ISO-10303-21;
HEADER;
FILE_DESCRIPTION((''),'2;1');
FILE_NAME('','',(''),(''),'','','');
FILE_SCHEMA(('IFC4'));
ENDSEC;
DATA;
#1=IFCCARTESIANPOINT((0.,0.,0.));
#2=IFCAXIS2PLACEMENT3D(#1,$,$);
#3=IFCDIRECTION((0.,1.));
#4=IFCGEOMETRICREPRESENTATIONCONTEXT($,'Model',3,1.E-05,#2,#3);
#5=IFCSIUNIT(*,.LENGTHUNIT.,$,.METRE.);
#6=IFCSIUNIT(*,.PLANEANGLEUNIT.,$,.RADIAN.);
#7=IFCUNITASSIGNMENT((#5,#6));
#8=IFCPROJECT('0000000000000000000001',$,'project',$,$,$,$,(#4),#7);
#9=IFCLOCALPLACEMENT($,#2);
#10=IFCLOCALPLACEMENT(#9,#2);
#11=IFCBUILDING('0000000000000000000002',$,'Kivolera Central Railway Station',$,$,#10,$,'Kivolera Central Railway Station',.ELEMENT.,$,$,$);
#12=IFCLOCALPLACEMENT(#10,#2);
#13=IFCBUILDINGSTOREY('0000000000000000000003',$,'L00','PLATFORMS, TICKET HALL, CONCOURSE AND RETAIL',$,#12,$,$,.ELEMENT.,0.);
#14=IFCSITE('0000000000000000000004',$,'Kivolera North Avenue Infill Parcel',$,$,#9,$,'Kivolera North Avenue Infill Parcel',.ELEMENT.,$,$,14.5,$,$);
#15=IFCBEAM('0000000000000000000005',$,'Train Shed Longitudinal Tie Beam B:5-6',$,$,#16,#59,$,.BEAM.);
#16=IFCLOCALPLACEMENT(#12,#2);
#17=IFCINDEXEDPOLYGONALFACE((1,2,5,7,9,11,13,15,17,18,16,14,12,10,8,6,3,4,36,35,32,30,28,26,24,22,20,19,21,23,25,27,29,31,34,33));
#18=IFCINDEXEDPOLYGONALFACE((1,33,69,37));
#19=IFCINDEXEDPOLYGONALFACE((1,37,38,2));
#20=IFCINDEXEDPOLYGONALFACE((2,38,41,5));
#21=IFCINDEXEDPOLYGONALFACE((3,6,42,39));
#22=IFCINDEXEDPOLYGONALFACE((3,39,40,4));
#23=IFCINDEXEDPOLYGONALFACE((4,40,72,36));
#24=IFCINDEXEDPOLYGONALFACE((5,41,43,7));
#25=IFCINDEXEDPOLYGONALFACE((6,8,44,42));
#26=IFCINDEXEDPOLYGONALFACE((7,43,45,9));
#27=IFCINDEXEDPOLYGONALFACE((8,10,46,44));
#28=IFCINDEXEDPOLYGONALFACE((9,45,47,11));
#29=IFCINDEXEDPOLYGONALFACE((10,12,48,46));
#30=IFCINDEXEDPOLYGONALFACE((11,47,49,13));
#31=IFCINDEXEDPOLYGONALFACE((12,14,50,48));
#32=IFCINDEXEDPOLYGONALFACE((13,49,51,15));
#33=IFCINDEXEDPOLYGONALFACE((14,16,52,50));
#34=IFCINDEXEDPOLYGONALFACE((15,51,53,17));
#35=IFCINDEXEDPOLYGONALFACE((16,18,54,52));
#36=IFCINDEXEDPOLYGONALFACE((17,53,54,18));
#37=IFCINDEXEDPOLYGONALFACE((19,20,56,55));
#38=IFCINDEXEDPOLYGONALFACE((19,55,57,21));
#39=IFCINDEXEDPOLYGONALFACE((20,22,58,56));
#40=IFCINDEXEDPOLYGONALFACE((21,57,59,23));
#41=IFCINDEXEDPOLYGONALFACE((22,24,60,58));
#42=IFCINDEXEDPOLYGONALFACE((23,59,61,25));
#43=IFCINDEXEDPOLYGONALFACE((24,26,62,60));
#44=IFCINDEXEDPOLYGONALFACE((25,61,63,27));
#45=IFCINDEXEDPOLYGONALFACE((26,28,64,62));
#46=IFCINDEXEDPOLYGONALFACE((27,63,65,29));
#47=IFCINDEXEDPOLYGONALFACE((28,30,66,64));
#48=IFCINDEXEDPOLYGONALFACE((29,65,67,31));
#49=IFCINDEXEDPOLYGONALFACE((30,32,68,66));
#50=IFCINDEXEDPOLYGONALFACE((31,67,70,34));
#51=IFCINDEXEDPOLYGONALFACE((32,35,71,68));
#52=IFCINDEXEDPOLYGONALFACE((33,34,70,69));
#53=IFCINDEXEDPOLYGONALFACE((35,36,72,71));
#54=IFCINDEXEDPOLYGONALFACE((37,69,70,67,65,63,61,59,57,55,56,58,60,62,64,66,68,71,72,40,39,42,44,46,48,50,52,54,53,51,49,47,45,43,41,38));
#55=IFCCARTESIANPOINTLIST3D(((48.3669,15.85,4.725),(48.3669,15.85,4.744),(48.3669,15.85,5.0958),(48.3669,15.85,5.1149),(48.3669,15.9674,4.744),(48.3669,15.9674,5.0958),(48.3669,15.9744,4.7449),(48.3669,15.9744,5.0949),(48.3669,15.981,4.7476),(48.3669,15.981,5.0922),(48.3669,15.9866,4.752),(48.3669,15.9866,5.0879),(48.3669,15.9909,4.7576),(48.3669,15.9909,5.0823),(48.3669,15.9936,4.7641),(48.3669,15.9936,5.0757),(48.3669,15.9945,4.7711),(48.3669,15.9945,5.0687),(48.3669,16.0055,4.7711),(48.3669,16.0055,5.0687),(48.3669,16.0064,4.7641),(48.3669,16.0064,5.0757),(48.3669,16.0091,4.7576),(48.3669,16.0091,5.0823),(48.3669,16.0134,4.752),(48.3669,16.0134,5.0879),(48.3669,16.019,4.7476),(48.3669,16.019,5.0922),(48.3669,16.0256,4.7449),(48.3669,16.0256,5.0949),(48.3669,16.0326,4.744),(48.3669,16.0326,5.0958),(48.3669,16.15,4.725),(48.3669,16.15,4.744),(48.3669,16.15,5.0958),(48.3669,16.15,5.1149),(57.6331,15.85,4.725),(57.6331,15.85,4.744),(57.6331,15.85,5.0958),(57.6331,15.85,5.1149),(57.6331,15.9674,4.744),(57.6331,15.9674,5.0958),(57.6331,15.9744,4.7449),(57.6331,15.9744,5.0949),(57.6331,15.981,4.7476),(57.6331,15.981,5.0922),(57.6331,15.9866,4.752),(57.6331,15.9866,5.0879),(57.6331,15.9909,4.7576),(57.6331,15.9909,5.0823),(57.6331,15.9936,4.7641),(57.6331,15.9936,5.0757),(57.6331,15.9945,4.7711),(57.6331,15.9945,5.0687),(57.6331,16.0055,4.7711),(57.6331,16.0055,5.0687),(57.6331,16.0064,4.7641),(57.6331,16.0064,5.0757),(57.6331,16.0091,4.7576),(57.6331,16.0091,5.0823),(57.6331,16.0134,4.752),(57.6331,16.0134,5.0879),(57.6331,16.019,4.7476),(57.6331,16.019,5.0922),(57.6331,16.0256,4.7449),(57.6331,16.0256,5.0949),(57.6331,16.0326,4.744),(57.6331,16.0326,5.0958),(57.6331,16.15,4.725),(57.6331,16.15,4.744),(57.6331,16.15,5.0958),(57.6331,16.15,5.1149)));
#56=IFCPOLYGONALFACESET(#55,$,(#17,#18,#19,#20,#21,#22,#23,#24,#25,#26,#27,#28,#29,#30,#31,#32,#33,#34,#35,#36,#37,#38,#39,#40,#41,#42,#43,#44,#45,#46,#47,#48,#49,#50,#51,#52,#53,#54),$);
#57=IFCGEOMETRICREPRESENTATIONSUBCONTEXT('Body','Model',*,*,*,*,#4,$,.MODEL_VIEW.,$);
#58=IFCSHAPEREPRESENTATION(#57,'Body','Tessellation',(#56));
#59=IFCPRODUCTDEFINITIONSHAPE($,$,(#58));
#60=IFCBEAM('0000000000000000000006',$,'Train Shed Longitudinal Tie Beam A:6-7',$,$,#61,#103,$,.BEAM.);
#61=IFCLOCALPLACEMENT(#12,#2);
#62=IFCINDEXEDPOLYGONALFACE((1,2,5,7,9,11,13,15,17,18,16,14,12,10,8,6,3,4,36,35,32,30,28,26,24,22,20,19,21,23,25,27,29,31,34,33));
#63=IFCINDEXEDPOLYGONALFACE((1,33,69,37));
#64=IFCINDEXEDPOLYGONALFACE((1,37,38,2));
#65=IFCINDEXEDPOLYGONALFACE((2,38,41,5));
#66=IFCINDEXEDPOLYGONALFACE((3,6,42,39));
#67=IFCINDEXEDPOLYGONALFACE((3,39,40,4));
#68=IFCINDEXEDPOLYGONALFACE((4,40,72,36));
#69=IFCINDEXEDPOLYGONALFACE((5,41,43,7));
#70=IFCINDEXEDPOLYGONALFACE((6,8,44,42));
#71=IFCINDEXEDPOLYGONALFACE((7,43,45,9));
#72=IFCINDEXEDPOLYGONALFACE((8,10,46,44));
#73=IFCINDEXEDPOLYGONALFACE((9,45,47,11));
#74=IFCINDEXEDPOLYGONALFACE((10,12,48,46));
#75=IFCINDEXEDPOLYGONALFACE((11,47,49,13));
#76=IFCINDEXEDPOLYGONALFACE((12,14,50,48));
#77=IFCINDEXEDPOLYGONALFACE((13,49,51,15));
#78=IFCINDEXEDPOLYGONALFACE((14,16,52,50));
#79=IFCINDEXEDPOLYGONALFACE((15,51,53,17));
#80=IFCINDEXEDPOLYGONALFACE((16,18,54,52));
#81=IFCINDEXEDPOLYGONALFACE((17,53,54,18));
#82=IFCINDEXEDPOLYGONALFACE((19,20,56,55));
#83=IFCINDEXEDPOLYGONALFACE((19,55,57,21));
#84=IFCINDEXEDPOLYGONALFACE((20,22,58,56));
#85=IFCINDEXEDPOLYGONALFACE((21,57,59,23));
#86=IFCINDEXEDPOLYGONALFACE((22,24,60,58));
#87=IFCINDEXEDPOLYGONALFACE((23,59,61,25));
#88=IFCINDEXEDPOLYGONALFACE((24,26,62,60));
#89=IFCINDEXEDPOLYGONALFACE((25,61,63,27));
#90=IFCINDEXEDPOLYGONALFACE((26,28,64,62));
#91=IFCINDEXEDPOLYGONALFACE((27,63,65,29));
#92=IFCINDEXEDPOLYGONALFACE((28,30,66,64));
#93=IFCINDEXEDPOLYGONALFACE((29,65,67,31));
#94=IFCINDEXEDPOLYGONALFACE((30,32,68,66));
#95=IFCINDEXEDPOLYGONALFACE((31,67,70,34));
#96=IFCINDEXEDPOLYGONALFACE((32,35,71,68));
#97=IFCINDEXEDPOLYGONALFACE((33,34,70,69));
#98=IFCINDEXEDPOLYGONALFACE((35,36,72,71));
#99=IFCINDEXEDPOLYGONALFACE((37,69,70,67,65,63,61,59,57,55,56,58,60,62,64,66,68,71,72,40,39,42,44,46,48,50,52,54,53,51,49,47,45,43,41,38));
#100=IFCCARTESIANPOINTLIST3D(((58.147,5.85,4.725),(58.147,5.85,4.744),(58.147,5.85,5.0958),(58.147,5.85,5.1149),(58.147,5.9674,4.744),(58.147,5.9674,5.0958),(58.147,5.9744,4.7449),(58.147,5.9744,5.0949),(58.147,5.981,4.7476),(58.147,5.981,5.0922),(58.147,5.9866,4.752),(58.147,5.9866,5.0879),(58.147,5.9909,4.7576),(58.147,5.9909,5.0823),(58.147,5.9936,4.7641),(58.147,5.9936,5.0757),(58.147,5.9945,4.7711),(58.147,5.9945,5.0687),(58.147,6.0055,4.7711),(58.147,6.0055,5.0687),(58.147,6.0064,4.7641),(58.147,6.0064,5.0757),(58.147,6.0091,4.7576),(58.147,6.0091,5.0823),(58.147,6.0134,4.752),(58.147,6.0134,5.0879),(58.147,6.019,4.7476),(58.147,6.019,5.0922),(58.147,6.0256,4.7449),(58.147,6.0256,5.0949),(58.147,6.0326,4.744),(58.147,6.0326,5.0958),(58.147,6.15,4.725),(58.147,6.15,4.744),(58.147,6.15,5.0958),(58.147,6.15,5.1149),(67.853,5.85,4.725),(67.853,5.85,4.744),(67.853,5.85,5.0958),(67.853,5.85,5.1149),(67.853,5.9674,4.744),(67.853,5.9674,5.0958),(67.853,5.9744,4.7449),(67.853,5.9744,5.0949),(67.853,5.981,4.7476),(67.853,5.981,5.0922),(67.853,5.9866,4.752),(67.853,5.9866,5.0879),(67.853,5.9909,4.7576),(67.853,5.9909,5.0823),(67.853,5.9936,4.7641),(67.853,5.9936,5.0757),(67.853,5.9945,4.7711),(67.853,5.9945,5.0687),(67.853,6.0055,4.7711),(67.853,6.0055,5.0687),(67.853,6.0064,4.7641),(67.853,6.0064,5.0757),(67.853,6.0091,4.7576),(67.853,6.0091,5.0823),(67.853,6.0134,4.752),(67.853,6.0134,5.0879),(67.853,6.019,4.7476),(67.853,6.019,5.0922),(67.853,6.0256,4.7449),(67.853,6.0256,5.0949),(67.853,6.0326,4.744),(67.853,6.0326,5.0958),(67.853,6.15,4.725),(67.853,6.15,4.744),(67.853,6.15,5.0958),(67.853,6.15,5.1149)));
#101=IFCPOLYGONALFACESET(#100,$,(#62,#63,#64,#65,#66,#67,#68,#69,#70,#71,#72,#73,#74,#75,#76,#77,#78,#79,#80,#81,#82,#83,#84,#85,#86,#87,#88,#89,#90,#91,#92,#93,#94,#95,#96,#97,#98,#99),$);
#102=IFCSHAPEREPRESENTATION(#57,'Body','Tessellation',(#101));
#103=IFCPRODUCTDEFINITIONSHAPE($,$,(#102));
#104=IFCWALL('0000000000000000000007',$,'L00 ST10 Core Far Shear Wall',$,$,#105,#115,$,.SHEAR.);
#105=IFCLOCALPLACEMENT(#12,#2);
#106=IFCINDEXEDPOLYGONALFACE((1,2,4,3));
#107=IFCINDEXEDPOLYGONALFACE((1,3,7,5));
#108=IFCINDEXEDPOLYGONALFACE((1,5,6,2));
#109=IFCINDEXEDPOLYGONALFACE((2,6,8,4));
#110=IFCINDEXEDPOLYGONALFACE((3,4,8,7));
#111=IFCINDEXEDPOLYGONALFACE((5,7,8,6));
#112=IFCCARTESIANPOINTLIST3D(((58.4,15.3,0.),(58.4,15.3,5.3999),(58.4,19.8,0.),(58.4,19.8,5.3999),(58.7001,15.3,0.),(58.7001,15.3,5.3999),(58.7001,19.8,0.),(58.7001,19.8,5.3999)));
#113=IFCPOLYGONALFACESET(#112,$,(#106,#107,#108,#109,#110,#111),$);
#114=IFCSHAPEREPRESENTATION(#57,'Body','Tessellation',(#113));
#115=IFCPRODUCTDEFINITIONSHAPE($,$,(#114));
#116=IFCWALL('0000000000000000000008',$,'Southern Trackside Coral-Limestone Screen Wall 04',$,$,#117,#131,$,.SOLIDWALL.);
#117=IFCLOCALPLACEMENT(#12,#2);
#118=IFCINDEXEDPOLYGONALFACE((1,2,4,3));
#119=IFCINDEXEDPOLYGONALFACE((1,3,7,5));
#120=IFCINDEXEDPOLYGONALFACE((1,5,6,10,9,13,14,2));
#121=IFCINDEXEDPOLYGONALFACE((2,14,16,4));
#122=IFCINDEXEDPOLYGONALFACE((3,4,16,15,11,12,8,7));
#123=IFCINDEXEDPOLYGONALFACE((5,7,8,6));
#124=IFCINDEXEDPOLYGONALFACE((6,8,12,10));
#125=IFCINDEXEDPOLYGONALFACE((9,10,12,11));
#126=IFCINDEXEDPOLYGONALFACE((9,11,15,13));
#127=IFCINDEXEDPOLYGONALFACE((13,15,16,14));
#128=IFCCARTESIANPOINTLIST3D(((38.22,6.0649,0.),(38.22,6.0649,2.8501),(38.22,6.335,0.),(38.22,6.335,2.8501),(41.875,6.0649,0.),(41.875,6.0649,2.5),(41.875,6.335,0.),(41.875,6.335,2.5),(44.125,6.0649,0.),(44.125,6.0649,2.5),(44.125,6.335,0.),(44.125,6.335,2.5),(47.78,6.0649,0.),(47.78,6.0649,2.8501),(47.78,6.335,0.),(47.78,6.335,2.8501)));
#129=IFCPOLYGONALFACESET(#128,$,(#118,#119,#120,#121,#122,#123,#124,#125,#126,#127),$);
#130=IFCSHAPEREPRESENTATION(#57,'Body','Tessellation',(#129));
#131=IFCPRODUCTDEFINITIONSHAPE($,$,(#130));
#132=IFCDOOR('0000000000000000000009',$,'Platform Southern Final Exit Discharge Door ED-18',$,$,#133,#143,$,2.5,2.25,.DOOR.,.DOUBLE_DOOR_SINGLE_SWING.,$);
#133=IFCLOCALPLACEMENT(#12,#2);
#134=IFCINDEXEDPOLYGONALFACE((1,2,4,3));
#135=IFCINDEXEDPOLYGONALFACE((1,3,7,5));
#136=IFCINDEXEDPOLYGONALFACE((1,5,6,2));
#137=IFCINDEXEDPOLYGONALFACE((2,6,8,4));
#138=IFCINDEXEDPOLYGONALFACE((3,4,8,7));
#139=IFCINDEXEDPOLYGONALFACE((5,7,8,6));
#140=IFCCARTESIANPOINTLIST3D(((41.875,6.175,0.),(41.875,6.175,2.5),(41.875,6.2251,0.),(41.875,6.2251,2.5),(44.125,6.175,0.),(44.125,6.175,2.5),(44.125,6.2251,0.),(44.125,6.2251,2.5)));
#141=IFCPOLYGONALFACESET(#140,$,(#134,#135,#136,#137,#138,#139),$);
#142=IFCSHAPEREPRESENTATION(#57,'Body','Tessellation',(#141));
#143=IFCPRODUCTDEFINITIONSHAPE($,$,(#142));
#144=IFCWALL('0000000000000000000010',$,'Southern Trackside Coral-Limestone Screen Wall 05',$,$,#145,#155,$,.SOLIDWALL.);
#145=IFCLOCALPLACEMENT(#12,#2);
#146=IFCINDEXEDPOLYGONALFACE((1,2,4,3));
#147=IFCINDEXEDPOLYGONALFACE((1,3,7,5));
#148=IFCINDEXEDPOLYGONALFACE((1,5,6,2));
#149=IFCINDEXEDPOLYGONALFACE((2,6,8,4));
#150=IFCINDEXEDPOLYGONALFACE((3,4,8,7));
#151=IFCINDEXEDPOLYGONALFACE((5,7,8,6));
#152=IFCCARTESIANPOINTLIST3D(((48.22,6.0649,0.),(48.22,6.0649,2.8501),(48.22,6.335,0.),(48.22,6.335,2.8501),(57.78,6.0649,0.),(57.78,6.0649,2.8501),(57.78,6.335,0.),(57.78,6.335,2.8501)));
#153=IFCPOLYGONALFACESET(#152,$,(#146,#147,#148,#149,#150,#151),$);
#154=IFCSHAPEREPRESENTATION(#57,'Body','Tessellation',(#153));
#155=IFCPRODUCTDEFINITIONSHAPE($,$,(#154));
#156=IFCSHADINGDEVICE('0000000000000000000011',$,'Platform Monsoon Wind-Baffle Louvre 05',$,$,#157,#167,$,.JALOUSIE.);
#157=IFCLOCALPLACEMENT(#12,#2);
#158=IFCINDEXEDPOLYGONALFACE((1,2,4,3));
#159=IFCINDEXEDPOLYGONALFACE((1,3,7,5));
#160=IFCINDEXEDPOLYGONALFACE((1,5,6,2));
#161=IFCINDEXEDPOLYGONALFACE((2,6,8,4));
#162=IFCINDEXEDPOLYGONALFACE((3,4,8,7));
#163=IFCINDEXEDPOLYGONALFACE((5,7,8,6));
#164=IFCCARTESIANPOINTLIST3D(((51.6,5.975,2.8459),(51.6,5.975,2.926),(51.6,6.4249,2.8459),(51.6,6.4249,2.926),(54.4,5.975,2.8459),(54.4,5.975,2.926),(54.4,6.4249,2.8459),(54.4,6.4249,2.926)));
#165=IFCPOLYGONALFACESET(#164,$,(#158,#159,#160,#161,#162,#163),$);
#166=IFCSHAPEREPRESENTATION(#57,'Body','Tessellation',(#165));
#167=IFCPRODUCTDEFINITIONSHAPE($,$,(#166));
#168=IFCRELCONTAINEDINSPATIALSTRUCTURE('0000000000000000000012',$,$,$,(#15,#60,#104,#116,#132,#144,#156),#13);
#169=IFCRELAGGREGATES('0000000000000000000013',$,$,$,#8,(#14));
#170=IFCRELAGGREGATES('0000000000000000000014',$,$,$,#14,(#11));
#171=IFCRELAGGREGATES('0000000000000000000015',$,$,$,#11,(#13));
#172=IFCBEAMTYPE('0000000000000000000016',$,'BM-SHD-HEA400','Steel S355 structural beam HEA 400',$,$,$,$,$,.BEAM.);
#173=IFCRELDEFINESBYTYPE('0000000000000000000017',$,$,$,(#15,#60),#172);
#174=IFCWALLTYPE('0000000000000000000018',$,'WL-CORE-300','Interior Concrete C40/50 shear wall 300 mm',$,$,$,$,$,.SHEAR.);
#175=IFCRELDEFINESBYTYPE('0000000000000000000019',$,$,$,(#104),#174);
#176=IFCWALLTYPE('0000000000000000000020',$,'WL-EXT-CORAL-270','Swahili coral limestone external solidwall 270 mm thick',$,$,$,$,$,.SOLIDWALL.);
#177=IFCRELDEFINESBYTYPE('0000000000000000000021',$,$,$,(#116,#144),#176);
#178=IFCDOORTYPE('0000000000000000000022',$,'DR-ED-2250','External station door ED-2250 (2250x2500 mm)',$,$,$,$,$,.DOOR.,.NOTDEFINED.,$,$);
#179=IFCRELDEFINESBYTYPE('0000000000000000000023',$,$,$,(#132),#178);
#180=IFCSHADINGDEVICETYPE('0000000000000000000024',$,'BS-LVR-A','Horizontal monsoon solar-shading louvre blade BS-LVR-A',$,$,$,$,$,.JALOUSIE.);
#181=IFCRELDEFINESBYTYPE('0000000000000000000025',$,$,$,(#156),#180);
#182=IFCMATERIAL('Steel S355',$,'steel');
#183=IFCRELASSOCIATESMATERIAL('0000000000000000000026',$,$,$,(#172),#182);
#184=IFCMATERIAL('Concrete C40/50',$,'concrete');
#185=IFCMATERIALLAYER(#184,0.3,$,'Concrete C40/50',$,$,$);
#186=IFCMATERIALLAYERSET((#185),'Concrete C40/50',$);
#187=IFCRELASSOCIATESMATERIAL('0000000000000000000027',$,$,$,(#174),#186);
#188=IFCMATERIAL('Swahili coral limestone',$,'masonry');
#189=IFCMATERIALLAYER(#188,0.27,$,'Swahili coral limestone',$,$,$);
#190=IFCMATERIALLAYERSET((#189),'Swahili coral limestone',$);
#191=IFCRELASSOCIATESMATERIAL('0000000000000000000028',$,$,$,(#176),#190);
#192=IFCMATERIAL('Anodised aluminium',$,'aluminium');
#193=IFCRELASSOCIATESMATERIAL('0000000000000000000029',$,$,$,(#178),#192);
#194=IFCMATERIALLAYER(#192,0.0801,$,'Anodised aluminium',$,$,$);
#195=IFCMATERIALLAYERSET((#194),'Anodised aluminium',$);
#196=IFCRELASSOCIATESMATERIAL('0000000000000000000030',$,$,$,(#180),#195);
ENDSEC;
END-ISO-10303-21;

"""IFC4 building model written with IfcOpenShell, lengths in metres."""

from ifc_helpers import new_model, si_unit, direction, frame, frame_2d, origin, origin_2d, place, context, subcontext, project, spatial, rectangle, i_section, extrude, material, layer, layer_set, material_profile, profile_set, type_object, element, fill, save


model = new_model("IFC4")

# Units and contexts
model_context = context("Model", 3, precision=1e-05, world=origin(), true_north=direction((0.0, 1.0)))
body_context = subcontext(model_context, "Body", "Model", "MODEL_VIEW")
ifc_project = project(units=[si_unit("LENGTHUNIT", "METRE"), si_unit("PLANEANGLEUNIT", "RADIAN")], contexts=[model_context])

# Site, building, storey
site_placement = place(None, origin())
site = spatial("IfcSite", under=ifc_project, at=site_placement, Name="Kivolera North Avenue Infill Parcel", LongName="Kivolera North Avenue Infill Parcel", CompositionType="ELEMENT", RefElevation=14.5)
building_placement = place(site_placement, origin())
building = spatial("IfcBuilding", under=site, at=building_placement, Name="Kivolera Central Railway Station", LongName="Kivolera Central Railway Station", CompositionType="ELEMENT")
storey_placement = place(building_placement, origin())
storey = spatial("IfcBuildingStorey", under=building, at=storey_placement, Name="L00", Description="PLATFORMS, TICKET HALL, CONCOURSE AND RETAIL", CompositionType="ELEMENT", Elevation=0.0)

# Shared definitions
ifc_material_1 = material(Name="Concrete C40/50", Category="concrete")
ifc_material_2 = material(Name="Steel S355", Category="steel")

# Beams
ifc_material_profile_1 = material_profile(ifc_material_2, i_section(OverallWidth=0.3, OverallDepth=0.3899, WebThickness=0.011, FlangeThickness=0.019, FilletRadius=0.0271, at=origin_2d()), Name="HEA 400")
ifc_profile_set_1 = profile_set([ifc_material_profile_1], Name="Steel S355")
beam_type = type_object("IfcBeamType", Name="BM-SHD-HEA400", Description="Steel S355 structural beam HEA 400", PredefinedType="BEAM", material=ifc_profile_set_1)
beam_1_placement = place(storey_placement, frame((48.3669, 16.0, 4.9199), z_axis=(1.0, 0.0, 0.0), x_axis=(0.0, 1.0, 0.0)))
element("IfcBeam", 1, at=beam_1_placement, inside=storey, type_object=beam_type, Name="Train Shed Longitudinal Tie Beam B:5-6", PredefinedType="BEAM", context=body_context, shape_type="SweptSolid", body=[
    extrude(i_section(OverallWidth=0.3, OverallDepth=0.3899, WebThickness=0.011, FlangeThickness=0.019, FilletRadius=0.0271, at=origin_2d()), origin(), (0.0, 0.0, 1.0), 9.2661),
])
beam_2_placement = place(storey_placement, frame((58.147, 6.0, 4.9199), z_axis=(1.0, 0.0, 0.0), x_axis=(0.0, 1.0, 0.0)))
element("IfcBeam", 2, at=beam_2_placement, inside=storey, type_object=beam_type, Name="Train Shed Longitudinal Tie Beam A:6-7", PredefinedType="BEAM", context=body_context, shape_type="SweptSolid", body=[
    extrude(i_section(OverallWidth=0.3, OverallDepth=0.3899, WebThickness=0.011, FlangeThickness=0.019, FilletRadius=0.0271, at=origin_2d()), origin(), (0.0, 0.0, 1.0), 9.7061),
])

# Wall
ifc_layer_1 = layer(ifc_material_1, 0.3, Name="Concrete C40/50")
ifc_layer_set_1 = layer_set([ifc_layer_1], Name="Concrete C40/50")
wall_type_1 = type_object("IfcWallType", Name="WL-CORE-300", Description="Interior Concrete C40/50 shear wall 300 mm", PredefinedType="SHEAR", material=ifc_layer_set_1)
wall_1_placement = place(storey_placement, frame((58.55, 15.3, 0.0), z_axis=(0.0, 0.0, 1.0), x_axis=(0.0, 1.0, 0.0)))
element("IfcWall", 3, at=wall_1_placement, inside=storey, type_object=wall_type_1, Name="L00 ST10 Core Far Shear Wall", PredefinedType="SHEAR", context=body_context, shape_type="SweptSolid", body=[
    extrude(rectangle(XDim=4.5, YDim=0.3, at=frame_2d((2.25, 0.0))), origin(), (0.0, 0.0, 1.0), 5.3999),
])

# Wall, opening, door
ifc_material_3 = material(Name="Swahili coral limestone", Category="masonry")
ifc_layer_2 = layer(ifc_material_3, 0.27, Name="Swahili coral limestone")
ifc_layer_set_2 = layer_set([ifc_layer_2], Name="Swahili coral limestone")
wall_type_2 = type_object("IfcWallType", Name="WL-EXT-CORAL-270", Description="Swahili coral limestone external solidwall 270 mm thick", PredefinedType="SOLIDWALL", material=ifc_layer_set_2)
wall_2_placement = place(storey_placement, frame((47.78, 6.2, 0.0), z_axis=(0.0, 0.0, 1.0), x_axis=(-1.0, 0.0, 0.0)))
wall_2 = element("IfcWall", 4, at=wall_2_placement, inside=storey, type_object=wall_type_2, Name="Southern Trackside Coral-Limestone Screen Wall 04", PredefinedType="SOLIDWALL", context=body_context, shape_type="SweptSolid", body=[
    extrude(rectangle(XDim=9.5601, YDim=0.27, at=frame_2d((4.78, 0.0))), origin(), (0.0, 0.0, 1.0), 2.8501),
])
opening_placement = place(wall_2_placement, frame((3.655, 0.0, 0.0)))
opening = element("IfcOpeningElement", 5, at=opening_placement, cuts=wall_2, PredefinedType="OPENING", context=body_context, shape_type="SweptSolid", body=[
    extrude(rectangle(XDim=2.25, YDim=2.5, at=frame_2d((1.125, 1.25))), frame((0.0, 0.145, 0.0), z_axis=(0.0, -1.0, 0.0), x_axis=(1.0, 0.0, 0.0)), (0.0, 0.0, 1.0), 0.29),
])
ifc_material_4 = material(Name="Anodised aluminium", Category="aluminium")
door_type = type_object("IfcDoorType", Name="DR-ED-2250", Description="External station door ED-2250 (2250x2500 mm)", OperationType="NOTDEFINED", PredefinedType="DOOR", material=ifc_material_4)
door_placement = place(opening_placement, origin())
door = element("IfcDoor", 6, at=door_placement, inside=storey, type_object=door_type, Name="Platform Southern Final Exit Discharge Door ED-18", OperationType="DOUBLE_DOOR_SINGLE_SWING", OverallHeight=2.5, OverallWidth=2.25, PredefinedType="DOOR", context=body_context, shape_type="SweptSolid", body=[
    extrude(rectangle(XDim=2.25, YDim=2.5, at=frame_2d((1.125, 1.25))), frame((0.0, 0.0249, 0.0), z_axis=(0.0, -1.0, 0.0), x_axis=(1.0, 0.0, 0.0)), (0.0, 0.0, 1.0), 0.05),
])
fill(opening, door)

# Wall
wall_3_placement = place(storey_placement, frame((57.78, 6.2, 0.0), z_axis=(0.0, 0.0, 1.0), x_axis=(-1.0, 0.0, 0.0)))
element("IfcWall", 7, at=wall_3_placement, inside=storey, type_object=wall_type_2, Name="Southern Trackside Coral-Limestone Screen Wall 05", PredefinedType="SOLIDWALL", context=body_context, shape_type="SweptSolid", body=[
    extrude(rectangle(XDim=9.5601, YDim=0.27, at=frame_2d((4.78, 0.0))), origin(), (0.0, 0.0, 1.0), 2.8501),
])

# Shading device
ifc_layer_3 = layer(ifc_material_4, 0.0801, Name="Anodised aluminium")
ifc_layer_set_3 = layer_set([ifc_layer_3], Name="Anodised aluminium")
shading_device_type = type_object("IfcShadingDeviceType", Name="BS-LVR-A", Description="Horizontal monsoon solar-shading louvre blade BS-LVR-A", PredefinedType="JALOUSIE", material=ifc_layer_set_3)
shading_device_placement = place(storey_placement, frame((53.0, 6.2, 2.8459), z_axis=(0.0, 0.0, 1.0), x_axis=(1.0, 0.0, 0.0)))
element("IfcShadingDevice", 8, at=shading_device_placement, inside=storey, type_object=shading_device_type, Name="Platform Monsoon Wind-Baffle Louvre 05", PredefinedType="JALOUSIE", context=body_context, shape_type="SweptSolid", body=[
    extrude(rectangle(XDim=2.8, YDim=0.45, at=origin_2d()), origin(), (0.0, 0.0, 1.0), 0.0801),
])

save(model, "model.ifc")
